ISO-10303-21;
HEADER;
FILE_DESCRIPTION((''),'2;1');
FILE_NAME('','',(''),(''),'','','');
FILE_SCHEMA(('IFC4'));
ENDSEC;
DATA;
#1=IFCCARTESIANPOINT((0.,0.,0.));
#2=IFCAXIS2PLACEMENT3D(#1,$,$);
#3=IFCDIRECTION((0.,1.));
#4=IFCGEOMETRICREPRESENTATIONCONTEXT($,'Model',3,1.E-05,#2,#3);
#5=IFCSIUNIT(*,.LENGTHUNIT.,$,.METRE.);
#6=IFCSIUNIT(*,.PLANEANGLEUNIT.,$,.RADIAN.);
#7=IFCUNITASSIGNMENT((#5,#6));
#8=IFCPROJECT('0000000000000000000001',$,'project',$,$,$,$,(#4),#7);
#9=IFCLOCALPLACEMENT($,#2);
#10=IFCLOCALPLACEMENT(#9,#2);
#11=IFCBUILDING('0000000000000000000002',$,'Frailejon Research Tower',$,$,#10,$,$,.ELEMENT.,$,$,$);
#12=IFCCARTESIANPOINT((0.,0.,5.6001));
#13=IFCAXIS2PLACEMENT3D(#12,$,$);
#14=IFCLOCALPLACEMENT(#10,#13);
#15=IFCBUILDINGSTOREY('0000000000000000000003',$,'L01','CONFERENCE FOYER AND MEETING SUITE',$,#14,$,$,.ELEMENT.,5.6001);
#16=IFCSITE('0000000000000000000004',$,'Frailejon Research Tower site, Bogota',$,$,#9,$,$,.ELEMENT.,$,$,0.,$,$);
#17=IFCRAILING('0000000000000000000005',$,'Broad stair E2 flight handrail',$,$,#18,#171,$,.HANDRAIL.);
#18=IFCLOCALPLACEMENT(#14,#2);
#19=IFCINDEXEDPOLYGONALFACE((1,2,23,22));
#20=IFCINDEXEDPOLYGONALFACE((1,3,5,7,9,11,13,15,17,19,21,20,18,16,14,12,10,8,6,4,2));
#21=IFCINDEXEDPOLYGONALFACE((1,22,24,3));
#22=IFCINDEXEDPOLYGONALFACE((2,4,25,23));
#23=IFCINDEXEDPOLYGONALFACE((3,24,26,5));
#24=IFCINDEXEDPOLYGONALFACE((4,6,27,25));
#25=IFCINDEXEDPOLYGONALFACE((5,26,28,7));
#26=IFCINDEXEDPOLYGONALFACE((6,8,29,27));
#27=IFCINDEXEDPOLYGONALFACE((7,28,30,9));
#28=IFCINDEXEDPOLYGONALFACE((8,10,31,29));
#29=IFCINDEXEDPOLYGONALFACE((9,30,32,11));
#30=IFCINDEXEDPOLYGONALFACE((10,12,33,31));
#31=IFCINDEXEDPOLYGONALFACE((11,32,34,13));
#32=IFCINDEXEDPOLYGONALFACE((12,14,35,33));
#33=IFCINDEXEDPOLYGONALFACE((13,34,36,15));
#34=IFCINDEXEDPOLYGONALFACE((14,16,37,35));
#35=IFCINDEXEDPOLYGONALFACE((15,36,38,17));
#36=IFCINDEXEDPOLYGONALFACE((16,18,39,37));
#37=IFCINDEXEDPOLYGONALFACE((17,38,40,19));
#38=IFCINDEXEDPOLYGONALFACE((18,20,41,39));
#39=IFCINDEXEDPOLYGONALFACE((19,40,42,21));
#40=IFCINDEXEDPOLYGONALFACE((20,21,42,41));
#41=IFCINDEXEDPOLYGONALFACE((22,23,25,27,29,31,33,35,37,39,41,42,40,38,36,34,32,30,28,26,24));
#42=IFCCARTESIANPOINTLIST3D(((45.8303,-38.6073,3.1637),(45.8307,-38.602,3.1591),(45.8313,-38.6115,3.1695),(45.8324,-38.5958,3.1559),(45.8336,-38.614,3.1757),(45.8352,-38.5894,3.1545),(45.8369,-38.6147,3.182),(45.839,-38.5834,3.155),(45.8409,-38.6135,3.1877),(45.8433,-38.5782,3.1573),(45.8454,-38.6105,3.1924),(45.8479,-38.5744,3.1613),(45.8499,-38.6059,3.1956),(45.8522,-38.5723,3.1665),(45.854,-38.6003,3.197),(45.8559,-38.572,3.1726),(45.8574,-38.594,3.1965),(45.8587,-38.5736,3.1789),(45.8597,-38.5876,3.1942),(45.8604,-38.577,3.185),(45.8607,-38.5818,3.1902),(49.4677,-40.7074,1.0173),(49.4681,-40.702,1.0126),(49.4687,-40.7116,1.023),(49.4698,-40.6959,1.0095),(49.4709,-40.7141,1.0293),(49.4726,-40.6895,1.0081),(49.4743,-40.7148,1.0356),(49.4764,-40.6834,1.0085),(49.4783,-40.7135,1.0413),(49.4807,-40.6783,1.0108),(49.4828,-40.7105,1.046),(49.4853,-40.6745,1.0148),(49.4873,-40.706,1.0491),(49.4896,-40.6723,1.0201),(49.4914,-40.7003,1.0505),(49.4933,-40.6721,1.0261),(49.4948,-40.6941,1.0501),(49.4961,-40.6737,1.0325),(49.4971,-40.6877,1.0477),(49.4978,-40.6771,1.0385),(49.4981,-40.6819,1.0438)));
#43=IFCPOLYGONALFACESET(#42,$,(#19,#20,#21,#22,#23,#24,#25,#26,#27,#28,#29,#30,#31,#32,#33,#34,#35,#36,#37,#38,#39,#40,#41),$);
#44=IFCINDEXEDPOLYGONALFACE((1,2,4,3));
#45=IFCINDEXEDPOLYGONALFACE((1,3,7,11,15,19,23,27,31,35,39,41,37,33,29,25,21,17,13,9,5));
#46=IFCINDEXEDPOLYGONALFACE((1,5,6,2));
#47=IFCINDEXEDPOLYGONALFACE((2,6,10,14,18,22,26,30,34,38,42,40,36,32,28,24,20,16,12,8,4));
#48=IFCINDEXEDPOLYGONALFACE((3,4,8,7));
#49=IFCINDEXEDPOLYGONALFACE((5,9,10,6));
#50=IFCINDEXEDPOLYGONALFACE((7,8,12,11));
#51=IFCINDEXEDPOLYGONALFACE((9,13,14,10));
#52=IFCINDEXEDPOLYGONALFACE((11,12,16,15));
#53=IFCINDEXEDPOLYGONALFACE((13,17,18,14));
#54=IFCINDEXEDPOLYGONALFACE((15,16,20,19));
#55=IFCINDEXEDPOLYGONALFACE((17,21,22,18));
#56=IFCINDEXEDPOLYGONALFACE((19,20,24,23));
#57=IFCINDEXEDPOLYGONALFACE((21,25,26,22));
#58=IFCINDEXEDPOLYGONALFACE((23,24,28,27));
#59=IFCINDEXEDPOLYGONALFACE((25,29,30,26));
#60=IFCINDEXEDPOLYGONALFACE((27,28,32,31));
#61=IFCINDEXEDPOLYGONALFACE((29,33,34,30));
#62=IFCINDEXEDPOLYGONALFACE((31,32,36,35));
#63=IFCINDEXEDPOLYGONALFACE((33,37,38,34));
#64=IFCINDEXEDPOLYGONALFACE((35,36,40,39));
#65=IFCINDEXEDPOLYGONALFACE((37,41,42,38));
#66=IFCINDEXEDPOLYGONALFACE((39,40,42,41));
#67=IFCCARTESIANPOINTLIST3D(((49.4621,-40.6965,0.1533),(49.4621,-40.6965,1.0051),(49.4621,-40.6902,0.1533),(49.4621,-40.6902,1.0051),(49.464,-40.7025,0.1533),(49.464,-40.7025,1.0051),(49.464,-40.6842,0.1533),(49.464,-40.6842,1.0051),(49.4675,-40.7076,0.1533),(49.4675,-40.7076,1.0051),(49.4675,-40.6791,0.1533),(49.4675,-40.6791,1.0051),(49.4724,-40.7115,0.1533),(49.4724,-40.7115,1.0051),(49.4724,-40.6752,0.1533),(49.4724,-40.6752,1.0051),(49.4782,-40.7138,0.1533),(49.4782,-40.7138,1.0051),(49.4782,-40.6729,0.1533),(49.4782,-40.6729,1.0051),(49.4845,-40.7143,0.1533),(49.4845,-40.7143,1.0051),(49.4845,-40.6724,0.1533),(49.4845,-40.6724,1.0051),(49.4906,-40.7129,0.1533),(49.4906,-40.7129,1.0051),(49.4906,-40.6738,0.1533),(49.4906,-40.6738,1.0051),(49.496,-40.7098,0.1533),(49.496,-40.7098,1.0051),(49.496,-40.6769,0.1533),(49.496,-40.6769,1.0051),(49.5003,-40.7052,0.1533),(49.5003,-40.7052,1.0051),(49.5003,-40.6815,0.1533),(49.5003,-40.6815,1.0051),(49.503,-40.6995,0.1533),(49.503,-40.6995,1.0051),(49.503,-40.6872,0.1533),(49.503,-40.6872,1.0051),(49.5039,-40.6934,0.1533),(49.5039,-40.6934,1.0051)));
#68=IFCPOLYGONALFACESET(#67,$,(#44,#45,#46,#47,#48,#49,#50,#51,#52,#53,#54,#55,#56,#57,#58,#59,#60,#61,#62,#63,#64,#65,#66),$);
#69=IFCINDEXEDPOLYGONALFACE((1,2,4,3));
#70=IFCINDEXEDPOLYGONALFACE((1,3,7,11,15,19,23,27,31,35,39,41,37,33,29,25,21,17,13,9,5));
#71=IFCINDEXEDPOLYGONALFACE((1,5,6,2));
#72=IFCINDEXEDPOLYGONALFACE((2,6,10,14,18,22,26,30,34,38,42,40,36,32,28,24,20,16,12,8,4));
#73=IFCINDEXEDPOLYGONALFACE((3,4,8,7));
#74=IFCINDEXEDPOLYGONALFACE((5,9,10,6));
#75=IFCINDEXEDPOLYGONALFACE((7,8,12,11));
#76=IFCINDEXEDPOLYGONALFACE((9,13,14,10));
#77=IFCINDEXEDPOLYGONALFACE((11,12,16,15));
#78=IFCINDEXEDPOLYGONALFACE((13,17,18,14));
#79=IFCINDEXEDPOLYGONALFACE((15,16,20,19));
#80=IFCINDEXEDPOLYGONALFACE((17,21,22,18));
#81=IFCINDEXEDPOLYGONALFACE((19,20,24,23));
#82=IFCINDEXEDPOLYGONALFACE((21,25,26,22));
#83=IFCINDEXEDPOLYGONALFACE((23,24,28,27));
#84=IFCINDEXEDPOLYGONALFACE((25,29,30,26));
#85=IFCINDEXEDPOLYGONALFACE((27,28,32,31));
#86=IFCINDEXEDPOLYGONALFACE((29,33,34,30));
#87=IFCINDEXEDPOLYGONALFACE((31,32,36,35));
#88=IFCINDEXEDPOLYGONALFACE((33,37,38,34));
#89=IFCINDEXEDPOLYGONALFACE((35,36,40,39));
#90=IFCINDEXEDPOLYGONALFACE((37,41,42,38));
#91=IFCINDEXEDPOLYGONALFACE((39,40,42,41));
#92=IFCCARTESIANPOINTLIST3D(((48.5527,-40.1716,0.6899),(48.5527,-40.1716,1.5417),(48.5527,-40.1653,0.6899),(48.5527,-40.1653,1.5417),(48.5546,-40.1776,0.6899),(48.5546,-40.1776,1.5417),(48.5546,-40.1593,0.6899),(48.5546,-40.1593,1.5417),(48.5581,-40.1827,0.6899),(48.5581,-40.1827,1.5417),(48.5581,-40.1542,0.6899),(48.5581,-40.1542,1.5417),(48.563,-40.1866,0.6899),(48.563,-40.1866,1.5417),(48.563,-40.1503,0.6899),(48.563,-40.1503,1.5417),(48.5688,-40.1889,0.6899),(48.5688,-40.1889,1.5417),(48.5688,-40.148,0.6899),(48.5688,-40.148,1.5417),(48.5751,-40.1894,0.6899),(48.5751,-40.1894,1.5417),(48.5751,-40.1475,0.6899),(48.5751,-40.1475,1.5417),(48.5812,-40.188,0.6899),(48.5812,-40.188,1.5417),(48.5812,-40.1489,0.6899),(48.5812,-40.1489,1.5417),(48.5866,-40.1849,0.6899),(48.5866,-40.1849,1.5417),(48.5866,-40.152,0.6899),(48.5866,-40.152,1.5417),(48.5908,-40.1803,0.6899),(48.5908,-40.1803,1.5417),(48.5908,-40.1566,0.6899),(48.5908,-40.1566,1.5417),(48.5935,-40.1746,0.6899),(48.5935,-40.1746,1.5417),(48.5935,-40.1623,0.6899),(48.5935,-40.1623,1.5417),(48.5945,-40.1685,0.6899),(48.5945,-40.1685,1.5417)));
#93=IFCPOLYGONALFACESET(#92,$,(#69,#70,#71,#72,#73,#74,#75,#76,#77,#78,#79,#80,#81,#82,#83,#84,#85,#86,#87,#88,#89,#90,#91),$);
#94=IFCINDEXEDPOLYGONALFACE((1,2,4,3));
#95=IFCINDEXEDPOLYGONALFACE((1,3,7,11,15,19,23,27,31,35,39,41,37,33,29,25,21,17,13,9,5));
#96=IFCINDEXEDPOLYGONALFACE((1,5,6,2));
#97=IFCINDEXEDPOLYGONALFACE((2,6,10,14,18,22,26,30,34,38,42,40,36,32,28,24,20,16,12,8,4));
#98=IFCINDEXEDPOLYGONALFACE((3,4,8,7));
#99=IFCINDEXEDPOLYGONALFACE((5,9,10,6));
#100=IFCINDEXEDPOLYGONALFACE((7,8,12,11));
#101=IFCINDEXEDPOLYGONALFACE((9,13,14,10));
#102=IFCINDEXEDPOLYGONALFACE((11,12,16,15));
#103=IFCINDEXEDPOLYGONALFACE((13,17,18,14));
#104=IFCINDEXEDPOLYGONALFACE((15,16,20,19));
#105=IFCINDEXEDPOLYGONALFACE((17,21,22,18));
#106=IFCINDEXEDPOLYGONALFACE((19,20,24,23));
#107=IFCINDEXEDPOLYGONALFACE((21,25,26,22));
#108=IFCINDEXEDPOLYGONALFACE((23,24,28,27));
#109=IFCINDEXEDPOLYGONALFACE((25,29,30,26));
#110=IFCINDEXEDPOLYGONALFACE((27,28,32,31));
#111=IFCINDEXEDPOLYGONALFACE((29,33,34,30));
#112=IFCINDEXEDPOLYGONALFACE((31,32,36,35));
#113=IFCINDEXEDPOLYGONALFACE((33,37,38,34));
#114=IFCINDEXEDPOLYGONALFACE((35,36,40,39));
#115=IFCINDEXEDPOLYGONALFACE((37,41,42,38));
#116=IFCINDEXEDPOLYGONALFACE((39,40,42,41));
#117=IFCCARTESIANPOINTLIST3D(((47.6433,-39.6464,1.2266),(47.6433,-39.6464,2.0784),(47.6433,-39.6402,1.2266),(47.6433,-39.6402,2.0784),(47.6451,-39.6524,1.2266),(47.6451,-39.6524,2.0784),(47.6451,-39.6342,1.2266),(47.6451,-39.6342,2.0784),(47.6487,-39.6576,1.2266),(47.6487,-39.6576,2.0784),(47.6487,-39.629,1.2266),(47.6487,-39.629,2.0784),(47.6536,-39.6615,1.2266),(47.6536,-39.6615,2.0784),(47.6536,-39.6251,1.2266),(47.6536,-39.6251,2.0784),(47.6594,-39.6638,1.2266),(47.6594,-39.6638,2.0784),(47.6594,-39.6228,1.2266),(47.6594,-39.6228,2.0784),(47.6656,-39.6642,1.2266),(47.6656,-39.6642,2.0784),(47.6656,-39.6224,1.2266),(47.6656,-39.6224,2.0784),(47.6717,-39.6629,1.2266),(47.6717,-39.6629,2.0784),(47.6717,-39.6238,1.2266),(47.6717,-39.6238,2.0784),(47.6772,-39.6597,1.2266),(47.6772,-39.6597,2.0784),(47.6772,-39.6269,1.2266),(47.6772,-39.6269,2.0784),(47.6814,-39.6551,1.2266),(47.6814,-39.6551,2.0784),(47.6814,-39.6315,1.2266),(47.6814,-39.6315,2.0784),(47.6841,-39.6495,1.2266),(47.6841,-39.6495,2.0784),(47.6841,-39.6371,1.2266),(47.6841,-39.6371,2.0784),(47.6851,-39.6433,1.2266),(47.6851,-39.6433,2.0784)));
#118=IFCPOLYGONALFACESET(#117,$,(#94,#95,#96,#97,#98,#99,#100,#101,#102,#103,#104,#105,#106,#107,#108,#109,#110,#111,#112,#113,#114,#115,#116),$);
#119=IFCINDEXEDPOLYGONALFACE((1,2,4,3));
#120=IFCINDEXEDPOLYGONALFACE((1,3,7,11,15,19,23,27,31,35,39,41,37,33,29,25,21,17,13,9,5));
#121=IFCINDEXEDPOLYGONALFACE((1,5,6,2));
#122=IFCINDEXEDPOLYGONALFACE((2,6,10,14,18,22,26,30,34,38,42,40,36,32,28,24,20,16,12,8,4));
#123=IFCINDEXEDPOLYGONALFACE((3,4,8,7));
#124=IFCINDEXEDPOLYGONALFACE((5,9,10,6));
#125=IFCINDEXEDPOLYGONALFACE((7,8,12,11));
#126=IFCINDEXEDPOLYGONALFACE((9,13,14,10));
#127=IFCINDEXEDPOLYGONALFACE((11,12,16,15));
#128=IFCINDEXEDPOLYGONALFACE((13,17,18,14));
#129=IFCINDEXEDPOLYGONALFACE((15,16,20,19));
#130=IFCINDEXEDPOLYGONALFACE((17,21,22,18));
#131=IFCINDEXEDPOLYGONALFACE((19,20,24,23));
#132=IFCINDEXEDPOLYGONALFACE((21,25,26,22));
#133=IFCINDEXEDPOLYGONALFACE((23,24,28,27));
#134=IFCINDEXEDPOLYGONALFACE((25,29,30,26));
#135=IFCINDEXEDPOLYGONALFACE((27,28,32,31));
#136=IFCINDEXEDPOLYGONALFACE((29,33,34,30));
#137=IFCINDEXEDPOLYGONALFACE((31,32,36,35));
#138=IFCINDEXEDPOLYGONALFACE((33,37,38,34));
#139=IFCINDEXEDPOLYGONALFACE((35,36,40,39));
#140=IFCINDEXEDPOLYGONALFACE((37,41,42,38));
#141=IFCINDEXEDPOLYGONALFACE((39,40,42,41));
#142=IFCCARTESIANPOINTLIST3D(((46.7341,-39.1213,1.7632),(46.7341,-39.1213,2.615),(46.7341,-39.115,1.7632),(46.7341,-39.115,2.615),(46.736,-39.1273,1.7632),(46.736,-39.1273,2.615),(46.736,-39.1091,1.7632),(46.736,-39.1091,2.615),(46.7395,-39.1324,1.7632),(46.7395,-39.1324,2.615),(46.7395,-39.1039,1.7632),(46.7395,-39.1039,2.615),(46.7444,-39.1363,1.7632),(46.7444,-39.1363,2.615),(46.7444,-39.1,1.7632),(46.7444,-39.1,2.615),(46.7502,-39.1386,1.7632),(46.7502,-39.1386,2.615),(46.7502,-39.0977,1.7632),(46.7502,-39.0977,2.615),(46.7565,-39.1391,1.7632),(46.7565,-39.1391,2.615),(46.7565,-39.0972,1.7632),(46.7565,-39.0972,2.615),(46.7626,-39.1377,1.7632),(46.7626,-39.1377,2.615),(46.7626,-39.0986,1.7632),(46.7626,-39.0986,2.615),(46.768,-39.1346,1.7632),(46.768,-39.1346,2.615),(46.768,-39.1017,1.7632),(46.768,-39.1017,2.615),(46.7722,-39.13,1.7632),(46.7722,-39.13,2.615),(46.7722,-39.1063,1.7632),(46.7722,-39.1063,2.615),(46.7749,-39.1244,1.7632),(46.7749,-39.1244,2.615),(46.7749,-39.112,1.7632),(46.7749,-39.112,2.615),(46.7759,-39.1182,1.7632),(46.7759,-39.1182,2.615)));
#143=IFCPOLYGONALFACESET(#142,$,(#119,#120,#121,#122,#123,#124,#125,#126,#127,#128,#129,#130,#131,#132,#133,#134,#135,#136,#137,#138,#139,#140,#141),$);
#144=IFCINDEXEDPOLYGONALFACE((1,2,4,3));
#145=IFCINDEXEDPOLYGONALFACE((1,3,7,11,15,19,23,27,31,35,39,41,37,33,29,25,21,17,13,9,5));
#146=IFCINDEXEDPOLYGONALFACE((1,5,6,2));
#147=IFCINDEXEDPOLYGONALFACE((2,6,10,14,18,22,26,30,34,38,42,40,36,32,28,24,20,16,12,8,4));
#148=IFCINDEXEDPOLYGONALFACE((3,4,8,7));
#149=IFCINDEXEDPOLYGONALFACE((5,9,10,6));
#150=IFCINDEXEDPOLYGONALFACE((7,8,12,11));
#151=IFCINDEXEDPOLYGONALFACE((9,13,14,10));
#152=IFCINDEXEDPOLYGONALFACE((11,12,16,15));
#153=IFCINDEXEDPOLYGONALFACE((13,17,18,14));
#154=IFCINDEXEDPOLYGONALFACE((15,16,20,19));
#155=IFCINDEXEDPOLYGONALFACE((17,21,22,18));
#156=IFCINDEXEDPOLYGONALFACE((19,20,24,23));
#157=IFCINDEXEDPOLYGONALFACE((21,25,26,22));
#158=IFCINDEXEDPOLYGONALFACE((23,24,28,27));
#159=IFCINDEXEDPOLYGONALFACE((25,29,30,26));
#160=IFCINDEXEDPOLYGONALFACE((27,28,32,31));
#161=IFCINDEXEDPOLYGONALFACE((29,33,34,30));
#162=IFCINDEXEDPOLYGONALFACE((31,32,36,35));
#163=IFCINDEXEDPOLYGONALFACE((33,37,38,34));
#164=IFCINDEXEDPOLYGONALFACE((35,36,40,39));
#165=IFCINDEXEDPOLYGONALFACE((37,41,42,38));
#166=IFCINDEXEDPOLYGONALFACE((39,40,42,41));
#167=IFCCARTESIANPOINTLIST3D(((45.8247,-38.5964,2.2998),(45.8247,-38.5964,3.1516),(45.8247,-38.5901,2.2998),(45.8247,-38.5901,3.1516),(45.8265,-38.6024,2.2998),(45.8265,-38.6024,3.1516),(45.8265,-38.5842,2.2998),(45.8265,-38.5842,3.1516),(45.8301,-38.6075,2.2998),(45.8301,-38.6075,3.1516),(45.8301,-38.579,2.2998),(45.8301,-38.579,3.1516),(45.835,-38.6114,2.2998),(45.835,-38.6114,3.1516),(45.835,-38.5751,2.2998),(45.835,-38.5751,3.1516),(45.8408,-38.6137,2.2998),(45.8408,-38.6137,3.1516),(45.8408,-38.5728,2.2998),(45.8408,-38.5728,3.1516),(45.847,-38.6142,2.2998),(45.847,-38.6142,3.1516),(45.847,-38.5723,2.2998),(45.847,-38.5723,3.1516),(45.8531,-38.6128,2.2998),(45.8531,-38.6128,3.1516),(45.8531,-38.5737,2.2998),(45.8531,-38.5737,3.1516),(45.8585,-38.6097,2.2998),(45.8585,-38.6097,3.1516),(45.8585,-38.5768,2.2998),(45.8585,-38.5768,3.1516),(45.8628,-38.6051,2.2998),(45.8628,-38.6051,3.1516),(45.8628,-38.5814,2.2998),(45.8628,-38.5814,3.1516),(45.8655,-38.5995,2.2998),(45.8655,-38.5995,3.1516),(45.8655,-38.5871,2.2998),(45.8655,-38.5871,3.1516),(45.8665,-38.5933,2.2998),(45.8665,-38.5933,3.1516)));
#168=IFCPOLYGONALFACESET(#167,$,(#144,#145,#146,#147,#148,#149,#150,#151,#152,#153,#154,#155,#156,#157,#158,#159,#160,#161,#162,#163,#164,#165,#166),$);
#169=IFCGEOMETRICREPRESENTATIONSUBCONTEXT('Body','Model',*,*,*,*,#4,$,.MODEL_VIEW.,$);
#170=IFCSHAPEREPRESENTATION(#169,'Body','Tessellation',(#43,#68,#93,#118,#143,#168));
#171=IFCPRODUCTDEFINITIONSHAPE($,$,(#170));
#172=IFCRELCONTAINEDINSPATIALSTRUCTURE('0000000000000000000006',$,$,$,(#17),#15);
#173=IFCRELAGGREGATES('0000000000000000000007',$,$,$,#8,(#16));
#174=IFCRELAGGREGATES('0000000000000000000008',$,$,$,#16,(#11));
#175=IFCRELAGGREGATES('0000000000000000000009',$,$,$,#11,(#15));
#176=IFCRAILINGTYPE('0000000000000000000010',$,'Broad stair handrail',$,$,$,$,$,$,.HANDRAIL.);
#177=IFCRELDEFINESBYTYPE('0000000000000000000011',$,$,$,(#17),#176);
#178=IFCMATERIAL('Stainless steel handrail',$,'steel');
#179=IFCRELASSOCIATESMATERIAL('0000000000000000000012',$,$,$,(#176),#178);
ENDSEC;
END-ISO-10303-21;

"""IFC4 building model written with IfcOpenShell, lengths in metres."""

from ifc_helpers import new_model, si_unit, direction, frame, origin, origin_2d, place, context, subcontext, project, spatial, circle, extrude, material, type_object, element, save


model = new_model("IFC4")

# Units and contexts
model_context = context("Model", 3, precision=1e-05, world=origin(), true_north=direction((0.0, 1.0)))
body_context = subcontext(model_context, "Body", "Model", "MODEL_VIEW")
ifc_project = project(units=[si_unit("LENGTHUNIT", "METRE"), si_unit("PLANEANGLEUNIT", "RADIAN")], contexts=[model_context])

# Site, building, storey
site_placement = place(None, origin())
site = spatial("IfcSite", under=ifc_project, at=site_placement, Name="Frailejon Research Tower site, Bogota", CompositionType="ELEMENT", RefElevation=0.0)
building_placement = place(site_placement, origin())
building = spatial("IfcBuilding", under=site, at=building_placement, Name="Frailejon Research Tower", CompositionType="ELEMENT")
storey_placement = place(building_placement, frame((0.0, 0.0, 5.6001)))
storey = spatial("IfcBuildingStorey", under=building, at=storey_placement, Name="L01", Description="CONFERENCE FOYER AND MEETING SUITE", CompositionType="ELEMENT", Elevation=5.6001)

# Railing
ifc_material_1 = material(Name="Stainless steel handrail", Category="steel")
railing_type_1 = type_object("IfcRailingType", Name="Broad stair handrail", PredefinedType="HANDRAIL", material=ifc_material_1)
railing_1_placement = place(storey_placement, frame((49.4829, -40.6934, 0.1533)))
element("IfcRailing", 1, at=railing_1_placement, inside=storey, type_object=railing_type_1, Name="Broad stair E2 flight handrail", PredefinedType="HANDRAIL", context=body_context, shape_type="SweptSolid", body=[
    extrude(circle(Radius=0.0239, at=origin_2d()), frame((0.0, 0.0, 0.876), z_axis=(-0.771158, 0.445231, 0.455065), x_axis=(-0.500003, -0.866024, 0.0)), (0.0, 0.0, 1.0), 4.7168),
    extrude(circle(Radius=0.021, at=origin_2d()), origin(), (0.0, 0.0, 1.0), 0.8518),
    extrude(circle(Radius=0.021, at=origin_2d()), frame((-0.9094, 0.5249, 0.5366)), (0.0, 0.0, 1.0), 0.8518),
    extrude(circle(Radius=0.021, at=origin_2d()), frame((-1.8188, 1.05, 1.0732)), (0.0, 0.0, 1.0), 0.8518),
    extrude(circle(Radius=0.021, at=origin_2d()), frame((-2.728, 1.5752, 1.6099)), (0.0, 0.0, 1.0), 0.8518),
    extrude(circle(Radius=0.021, at=origin_2d()), frame((-3.6375, 2.1001, 2.1465)), (0.0, 0.0, 1.0), 0.8518),
])

save(model, "model.ifc")
